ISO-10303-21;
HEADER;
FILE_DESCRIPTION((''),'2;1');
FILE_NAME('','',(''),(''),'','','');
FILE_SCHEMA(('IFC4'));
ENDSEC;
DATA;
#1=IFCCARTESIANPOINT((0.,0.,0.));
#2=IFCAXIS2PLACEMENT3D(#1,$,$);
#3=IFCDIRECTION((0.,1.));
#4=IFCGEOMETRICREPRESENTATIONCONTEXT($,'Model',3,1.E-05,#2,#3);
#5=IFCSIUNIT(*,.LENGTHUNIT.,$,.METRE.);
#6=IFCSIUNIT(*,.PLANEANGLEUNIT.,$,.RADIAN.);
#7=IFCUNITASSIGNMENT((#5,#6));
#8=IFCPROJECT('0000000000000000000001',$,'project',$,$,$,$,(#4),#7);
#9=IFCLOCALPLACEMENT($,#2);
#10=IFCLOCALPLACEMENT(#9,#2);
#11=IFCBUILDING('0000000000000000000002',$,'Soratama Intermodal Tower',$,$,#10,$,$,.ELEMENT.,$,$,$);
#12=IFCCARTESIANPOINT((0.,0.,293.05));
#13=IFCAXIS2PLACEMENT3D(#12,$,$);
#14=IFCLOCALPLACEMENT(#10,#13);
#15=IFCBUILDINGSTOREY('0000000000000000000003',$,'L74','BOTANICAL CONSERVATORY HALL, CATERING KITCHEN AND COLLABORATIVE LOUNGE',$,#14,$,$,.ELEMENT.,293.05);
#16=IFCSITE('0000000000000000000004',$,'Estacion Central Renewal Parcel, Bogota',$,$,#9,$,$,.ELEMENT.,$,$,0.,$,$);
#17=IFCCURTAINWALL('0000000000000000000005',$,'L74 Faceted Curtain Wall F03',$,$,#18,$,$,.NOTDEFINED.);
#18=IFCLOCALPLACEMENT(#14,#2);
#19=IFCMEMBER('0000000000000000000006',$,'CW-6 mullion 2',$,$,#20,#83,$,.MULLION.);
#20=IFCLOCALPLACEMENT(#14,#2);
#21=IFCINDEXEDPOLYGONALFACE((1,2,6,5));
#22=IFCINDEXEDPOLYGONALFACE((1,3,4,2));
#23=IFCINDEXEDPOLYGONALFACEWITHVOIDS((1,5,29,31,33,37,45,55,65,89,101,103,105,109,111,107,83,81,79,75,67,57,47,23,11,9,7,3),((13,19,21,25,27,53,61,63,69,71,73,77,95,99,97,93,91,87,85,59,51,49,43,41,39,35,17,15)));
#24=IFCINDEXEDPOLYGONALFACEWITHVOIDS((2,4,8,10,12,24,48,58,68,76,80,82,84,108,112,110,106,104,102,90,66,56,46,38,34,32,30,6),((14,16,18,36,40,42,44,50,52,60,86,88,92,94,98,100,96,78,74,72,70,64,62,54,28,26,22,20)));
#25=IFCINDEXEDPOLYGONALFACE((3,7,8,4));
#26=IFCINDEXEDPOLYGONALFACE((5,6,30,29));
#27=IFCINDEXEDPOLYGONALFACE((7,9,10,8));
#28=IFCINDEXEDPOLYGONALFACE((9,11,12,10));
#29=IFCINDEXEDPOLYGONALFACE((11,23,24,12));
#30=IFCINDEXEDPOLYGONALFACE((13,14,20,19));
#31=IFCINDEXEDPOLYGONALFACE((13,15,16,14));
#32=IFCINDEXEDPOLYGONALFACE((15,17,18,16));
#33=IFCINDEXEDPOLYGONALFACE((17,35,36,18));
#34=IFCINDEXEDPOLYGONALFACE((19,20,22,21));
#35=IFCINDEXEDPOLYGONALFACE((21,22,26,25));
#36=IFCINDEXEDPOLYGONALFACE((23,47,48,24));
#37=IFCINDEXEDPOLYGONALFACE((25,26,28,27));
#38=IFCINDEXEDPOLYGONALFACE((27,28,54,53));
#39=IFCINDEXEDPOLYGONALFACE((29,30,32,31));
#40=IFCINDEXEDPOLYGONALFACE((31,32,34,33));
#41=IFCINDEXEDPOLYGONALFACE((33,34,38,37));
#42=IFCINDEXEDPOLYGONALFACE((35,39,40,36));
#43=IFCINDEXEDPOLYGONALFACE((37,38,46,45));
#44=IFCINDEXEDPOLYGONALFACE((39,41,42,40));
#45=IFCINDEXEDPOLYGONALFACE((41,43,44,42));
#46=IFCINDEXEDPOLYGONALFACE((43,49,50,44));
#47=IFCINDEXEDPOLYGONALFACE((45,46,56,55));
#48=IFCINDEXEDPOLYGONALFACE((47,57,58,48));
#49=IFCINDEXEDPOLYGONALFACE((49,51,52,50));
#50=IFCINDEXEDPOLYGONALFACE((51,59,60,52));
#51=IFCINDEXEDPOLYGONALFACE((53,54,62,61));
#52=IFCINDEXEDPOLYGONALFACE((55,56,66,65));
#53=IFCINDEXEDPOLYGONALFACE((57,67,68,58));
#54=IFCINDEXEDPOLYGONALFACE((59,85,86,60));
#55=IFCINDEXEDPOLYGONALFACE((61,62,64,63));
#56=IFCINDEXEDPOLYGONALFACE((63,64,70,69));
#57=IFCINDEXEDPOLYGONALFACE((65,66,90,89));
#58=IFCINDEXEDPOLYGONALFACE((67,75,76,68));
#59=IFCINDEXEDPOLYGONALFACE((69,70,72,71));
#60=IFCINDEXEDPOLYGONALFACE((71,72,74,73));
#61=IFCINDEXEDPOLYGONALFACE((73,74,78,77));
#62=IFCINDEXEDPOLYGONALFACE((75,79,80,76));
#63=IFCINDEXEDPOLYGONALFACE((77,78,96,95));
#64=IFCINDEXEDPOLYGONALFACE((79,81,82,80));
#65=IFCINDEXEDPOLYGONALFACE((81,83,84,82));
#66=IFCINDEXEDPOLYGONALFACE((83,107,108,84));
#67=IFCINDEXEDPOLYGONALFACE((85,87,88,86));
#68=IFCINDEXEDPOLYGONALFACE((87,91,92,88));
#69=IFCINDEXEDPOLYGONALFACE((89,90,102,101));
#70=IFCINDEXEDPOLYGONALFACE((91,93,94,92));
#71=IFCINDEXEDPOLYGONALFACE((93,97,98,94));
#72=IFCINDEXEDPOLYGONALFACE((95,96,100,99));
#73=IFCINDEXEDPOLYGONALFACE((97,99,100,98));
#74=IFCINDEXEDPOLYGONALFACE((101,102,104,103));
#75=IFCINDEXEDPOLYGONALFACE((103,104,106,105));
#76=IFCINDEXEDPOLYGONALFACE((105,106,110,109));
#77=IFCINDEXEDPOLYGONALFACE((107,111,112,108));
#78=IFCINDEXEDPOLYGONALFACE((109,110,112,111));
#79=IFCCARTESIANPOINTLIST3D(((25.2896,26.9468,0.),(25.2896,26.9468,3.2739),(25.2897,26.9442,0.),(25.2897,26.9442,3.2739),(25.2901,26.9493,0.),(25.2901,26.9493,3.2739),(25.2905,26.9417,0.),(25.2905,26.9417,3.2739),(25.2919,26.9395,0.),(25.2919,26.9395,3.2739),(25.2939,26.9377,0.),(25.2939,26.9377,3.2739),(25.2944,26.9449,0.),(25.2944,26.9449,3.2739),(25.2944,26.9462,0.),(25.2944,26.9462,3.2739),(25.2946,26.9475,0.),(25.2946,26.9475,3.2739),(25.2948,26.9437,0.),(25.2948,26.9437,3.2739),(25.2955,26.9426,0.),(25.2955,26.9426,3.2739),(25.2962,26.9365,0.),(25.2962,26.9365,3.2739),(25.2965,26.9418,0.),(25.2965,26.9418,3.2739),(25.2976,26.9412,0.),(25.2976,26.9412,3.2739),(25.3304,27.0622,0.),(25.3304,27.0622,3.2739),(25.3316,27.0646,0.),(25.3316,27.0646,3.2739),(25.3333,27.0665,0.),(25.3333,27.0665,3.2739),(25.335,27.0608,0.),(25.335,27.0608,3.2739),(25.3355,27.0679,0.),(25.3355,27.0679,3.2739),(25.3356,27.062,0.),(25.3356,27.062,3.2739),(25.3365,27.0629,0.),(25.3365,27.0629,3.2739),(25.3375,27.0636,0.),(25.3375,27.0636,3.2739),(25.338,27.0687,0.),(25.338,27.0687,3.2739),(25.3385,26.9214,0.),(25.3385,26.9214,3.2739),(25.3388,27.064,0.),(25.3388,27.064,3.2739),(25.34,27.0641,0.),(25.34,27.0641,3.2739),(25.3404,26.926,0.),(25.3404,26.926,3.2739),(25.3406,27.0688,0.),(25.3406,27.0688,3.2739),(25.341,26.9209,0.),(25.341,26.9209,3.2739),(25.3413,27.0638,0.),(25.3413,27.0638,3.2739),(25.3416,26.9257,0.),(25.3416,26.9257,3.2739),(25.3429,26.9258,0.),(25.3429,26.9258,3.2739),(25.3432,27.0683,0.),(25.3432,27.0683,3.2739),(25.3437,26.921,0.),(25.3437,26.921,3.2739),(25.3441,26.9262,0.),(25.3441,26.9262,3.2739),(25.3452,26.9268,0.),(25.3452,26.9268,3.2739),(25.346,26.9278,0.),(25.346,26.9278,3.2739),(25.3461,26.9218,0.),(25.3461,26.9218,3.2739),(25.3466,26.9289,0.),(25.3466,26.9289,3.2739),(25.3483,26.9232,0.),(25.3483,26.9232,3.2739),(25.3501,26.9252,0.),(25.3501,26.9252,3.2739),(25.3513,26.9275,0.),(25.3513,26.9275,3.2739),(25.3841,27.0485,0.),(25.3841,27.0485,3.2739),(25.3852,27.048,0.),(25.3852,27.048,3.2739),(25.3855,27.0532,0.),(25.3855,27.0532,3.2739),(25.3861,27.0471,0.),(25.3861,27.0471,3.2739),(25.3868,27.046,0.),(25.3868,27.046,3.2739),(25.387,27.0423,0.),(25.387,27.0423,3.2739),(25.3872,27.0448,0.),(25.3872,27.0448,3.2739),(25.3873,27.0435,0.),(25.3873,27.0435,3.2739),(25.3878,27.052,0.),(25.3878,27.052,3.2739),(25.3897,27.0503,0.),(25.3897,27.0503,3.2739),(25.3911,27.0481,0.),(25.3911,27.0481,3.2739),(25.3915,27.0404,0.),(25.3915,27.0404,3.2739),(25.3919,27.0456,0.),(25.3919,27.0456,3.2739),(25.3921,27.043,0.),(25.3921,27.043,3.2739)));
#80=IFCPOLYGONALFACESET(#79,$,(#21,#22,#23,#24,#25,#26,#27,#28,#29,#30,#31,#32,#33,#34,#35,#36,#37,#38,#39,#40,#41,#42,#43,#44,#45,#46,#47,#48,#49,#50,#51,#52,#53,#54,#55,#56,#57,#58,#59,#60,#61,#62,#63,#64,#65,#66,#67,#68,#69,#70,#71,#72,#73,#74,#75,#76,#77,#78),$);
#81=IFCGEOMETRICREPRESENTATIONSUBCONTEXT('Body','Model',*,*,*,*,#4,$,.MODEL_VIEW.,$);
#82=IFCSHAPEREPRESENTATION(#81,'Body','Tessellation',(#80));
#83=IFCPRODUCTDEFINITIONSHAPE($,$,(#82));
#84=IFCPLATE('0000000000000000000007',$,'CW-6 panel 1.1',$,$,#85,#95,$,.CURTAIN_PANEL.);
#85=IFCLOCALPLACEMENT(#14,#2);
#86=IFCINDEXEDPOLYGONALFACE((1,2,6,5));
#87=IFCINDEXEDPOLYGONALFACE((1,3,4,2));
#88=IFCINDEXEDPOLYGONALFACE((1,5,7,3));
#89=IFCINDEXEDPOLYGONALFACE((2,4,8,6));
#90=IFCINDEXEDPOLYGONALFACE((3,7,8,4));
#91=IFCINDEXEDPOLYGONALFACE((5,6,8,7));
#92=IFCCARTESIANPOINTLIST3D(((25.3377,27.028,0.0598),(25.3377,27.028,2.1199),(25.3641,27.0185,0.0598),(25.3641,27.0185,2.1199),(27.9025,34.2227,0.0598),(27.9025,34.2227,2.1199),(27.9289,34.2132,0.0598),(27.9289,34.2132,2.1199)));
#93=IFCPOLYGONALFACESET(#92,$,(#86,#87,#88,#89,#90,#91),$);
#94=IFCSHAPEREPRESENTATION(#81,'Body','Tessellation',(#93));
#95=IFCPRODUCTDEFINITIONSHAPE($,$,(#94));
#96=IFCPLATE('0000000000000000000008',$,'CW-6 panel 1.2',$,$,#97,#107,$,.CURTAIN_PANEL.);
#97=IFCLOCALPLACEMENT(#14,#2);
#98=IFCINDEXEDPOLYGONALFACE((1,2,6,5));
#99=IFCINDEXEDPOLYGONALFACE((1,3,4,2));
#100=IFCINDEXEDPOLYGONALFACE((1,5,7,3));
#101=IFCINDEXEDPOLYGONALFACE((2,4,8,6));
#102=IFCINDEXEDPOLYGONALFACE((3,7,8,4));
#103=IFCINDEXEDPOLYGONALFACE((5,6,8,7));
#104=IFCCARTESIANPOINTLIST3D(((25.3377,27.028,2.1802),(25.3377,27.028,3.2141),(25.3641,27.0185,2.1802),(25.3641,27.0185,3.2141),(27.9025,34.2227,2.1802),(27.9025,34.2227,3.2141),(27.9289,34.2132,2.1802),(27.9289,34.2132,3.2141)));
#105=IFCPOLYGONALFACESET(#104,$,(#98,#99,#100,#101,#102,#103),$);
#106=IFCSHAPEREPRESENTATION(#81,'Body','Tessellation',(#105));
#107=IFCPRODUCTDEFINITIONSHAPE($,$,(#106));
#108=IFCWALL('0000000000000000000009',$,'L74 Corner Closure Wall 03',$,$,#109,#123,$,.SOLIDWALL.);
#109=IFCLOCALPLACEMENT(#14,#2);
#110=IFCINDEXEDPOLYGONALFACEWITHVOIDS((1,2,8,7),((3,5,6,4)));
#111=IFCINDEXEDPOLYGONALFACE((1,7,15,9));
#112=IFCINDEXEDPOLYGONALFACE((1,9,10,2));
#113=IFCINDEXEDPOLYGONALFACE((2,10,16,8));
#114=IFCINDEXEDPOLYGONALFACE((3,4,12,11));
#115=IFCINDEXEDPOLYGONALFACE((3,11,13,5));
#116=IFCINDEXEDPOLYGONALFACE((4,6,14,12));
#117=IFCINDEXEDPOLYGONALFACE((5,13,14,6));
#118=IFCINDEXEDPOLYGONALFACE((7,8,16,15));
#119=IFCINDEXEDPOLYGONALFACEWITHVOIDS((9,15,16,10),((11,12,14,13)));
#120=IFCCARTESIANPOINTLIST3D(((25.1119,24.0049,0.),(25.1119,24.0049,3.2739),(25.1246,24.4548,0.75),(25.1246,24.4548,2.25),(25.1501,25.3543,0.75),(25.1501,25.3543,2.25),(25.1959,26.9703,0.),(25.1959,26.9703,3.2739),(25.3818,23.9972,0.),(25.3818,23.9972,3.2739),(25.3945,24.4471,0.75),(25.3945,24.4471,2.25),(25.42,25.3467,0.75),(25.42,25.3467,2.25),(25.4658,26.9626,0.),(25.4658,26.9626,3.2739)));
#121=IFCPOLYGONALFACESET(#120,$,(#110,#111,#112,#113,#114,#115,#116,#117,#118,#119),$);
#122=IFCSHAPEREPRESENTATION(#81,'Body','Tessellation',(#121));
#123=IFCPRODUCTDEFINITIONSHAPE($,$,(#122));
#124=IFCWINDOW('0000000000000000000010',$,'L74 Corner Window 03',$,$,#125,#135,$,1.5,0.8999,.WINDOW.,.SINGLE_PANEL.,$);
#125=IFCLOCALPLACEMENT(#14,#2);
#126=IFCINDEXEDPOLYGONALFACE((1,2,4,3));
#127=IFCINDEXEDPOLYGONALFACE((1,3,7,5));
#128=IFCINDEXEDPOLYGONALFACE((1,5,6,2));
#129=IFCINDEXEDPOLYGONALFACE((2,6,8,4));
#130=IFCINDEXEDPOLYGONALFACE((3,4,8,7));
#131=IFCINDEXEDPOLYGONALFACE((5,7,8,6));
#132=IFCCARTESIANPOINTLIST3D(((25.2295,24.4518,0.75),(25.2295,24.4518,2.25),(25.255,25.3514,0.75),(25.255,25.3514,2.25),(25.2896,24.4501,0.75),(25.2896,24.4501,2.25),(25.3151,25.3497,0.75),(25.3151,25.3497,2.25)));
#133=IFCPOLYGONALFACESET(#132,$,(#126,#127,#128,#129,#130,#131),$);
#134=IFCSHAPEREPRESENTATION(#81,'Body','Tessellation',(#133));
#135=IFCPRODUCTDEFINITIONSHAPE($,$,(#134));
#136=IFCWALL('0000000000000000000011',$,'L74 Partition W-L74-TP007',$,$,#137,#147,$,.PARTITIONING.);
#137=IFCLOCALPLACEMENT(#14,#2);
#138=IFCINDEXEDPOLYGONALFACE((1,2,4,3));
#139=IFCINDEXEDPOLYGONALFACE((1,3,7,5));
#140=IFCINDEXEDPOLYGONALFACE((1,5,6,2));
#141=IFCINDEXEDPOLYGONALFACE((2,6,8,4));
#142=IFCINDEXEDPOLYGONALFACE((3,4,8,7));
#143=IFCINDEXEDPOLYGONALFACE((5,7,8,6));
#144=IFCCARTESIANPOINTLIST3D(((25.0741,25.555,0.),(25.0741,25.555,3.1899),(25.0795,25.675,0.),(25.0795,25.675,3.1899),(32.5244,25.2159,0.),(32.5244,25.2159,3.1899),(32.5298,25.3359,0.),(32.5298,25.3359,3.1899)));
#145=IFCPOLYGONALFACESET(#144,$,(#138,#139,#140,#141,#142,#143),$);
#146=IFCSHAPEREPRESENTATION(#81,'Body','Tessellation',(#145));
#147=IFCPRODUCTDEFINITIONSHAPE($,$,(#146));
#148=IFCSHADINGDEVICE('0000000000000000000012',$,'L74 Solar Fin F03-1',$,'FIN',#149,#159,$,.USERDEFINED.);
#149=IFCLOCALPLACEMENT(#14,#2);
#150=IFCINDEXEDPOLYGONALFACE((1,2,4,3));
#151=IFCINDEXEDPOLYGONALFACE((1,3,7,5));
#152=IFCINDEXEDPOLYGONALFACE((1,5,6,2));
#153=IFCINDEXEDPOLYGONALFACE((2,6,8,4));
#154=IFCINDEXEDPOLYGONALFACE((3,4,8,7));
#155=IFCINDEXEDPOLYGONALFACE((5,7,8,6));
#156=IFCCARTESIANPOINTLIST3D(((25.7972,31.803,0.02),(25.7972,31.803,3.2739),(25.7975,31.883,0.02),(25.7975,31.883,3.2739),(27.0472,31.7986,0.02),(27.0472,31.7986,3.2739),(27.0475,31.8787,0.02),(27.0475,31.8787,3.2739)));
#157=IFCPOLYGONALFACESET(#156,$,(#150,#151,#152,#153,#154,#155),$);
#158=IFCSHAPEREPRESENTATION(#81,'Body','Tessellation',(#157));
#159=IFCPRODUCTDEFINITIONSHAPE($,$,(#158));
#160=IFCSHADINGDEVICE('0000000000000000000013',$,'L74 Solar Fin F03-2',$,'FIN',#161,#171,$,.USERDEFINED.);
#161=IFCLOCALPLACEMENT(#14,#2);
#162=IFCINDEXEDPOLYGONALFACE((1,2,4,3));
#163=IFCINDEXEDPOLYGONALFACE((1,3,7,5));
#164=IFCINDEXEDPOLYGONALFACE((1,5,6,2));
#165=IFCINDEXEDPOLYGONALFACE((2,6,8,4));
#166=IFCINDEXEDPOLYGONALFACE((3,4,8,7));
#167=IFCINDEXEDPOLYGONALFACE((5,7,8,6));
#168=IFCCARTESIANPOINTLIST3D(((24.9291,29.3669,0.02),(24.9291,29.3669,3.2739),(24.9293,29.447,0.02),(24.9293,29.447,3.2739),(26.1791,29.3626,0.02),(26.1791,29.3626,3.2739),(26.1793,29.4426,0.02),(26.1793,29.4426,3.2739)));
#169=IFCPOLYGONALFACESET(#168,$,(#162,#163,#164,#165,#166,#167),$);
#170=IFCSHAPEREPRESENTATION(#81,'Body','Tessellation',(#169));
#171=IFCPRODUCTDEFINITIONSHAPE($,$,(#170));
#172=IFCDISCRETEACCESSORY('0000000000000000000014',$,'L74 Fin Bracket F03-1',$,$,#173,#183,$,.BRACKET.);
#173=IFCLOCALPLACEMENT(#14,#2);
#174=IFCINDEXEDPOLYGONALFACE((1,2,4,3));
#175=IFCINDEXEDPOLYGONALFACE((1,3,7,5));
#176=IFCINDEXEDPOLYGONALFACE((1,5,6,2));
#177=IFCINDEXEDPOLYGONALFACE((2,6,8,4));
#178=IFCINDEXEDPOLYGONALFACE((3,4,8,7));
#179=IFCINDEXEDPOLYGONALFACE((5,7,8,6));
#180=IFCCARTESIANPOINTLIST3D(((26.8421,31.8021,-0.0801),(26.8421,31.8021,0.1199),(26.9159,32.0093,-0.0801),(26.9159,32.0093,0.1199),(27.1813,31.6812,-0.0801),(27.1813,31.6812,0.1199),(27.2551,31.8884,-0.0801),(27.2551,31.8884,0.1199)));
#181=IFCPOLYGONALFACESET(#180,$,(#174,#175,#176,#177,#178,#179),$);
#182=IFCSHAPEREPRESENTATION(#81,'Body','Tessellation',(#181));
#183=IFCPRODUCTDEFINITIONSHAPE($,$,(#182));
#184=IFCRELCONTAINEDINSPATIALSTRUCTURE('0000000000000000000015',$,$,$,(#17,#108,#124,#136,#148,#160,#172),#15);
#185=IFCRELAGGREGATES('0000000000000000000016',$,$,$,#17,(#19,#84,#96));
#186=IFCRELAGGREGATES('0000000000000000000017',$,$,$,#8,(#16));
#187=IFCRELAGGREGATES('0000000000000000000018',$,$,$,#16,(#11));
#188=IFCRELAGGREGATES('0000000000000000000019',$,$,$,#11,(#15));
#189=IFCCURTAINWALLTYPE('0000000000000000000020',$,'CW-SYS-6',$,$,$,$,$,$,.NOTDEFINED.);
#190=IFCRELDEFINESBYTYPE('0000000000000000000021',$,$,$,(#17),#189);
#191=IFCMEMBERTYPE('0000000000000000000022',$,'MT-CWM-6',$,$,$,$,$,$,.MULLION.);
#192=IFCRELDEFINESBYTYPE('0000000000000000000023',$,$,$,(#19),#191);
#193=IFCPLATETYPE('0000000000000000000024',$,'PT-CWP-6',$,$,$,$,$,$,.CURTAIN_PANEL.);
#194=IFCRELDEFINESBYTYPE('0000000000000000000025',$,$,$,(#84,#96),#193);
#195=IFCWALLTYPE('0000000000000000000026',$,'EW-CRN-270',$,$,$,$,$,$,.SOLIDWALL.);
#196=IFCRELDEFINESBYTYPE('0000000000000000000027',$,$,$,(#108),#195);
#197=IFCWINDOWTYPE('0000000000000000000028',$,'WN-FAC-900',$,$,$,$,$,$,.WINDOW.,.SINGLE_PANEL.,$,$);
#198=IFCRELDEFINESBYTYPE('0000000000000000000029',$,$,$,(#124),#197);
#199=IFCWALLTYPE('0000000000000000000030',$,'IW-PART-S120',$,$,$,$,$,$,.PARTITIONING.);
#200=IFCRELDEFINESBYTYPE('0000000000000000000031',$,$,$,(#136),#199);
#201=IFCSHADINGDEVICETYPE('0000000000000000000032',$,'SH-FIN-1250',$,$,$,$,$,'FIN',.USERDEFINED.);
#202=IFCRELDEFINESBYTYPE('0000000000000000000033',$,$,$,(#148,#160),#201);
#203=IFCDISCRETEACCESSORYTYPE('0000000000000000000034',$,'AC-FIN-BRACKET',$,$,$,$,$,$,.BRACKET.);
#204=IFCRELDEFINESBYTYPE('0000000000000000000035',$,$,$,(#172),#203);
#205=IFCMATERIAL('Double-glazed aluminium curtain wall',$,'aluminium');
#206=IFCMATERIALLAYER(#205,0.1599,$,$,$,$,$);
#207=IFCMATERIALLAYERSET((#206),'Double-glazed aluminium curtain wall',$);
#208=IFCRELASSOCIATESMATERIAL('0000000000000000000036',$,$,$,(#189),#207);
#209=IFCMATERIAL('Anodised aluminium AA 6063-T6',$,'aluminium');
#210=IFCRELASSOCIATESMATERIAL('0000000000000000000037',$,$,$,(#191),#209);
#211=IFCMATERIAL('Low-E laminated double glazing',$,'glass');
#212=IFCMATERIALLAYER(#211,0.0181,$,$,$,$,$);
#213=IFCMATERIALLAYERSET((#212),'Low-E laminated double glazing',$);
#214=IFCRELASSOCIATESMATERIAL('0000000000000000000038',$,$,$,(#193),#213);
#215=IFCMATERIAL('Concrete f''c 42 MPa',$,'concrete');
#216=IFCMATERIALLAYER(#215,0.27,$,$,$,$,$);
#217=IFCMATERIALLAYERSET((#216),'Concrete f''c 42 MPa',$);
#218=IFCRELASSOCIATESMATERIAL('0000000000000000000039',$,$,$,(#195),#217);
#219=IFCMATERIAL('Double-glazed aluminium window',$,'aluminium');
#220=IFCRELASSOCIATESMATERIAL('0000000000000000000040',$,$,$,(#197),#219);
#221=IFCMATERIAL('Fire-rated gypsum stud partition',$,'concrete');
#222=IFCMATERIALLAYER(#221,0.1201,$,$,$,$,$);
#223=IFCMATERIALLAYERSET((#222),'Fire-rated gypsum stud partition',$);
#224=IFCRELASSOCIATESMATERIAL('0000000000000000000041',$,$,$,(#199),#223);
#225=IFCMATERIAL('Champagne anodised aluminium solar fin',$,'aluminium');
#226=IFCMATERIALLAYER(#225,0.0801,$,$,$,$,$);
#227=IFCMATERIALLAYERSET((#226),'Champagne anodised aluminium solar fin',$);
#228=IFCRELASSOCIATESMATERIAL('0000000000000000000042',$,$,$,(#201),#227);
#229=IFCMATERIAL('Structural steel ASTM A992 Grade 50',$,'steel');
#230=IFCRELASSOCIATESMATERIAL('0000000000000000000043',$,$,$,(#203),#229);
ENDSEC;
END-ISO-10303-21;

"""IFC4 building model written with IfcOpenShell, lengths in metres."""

from ifc_helpers import new_model, si_unit, direction, frame, frame_2d, origin, origin_2d, place, context, subcontext, project, spatial, rectangle, hollow_rectangle, extrude, material, layer, layer_set, material_profile, profile_set, type_object, element, fill, aggregate, save


model = new_model("IFC4")

# Units and contexts
model_context = context("Model", 3, precision=1e-05, world=origin(), true_north=direction((0.0, 1.0)))
body_context = subcontext(model_context, "Body", "Model", "MODEL_VIEW")
ifc_project = project(units=[si_unit("LENGTHUNIT", "METRE"), si_unit("PLANEANGLEUNIT", "RADIAN")], contexts=[model_context])

# Site, building, storey
site_placement = place(None, origin())
site = spatial("IfcSite", under=ifc_project, at=site_placement, Name="Estacion Central Renewal Parcel, Bogota", CompositionType="ELEMENT", RefElevation=0.0)
building_placement = place(site_placement, origin())
building = spatial("IfcBuilding", under=site, at=building_placement, Name="Soratama Intermodal Tower", CompositionType="ELEMENT")
storey_placement = place(building_placement, frame((0.0, 0.0, 293.05)))
storey = spatial("IfcBuildingStorey", under=building, at=storey_placement, Name="L74", Description="BOTANICAL CONSERVATORY HALL, CATERING KITCHEN AND COLLABORATIVE LOUNGE", CompositionType="ELEMENT", Elevation=293.05)

# Curtain wall, member, plates
ifc_material_1 = material(Name="Double-glazed aluminium curtain wall", Category="aluminium")
ifc_layer_1 = layer(ifc_material_1, 0.1599)
ifc_layer_set_1 = layer_set([ifc_layer_1], Name="Double-glazed aluminium curtain wall")
curtain_wall_type = type_object("IfcCurtainWallType", Name="CW-SYS-6", PredefinedType="NOTDEFINED", material=ifc_layer_set_1)
curtain_wall_placement = place(storey_placement, origin())
curtain_wall = element("IfcCurtainWall", 1, at=curtain_wall_placement, inside=storey, type_object=curtain_wall_type, Name="L74 Faceted Curtain Wall F03", PredefinedType="NOTDEFINED")
ifc_material_2 = material(Name="Anodised aluminium AA 6063-T6", Category="aluminium")
ifc_material_profile_1 = material_profile(ifc_material_2, hollow_rectangle(XDim=0.0649, YDim=0.1399, WallThickness=0.0049, InnerFilletRadius=0.0049, OuterFilletRadius=0.01, at=origin_2d()), Name="CWM140X65X5")
ifc_profile_set_1 = profile_set([ifc_material_profile_1], Name="Anodised aluminium AA 6063-T6")
member_type = type_object("IfcMemberType", Name="MT-CWM-6", PredefinedType="MULLION", material=ifc_profile_set_1)
member_placement = place(storey_placement, frame((25.3408, 26.9949, 0.0), z_axis=(0.0, 0.0, 1.0), x_axis=(0.941939, -0.335784, 0.0)))
member = element("IfcMember", 2, at=member_placement, type_object=member_type, Name="CW-6 mullion 2", PredefinedType="MULLION", context=body_context, shape_type="SweptSolid", body=[
    extrude(hollow_rectangle(XDim=0.0649, YDim=0.1399, WallThickness=0.0049, InnerFilletRadius=0.0049, OuterFilletRadius=0.01, at=origin_2d()), origin(), (0.0, 0.0, 1.0), 3.2739),
])
ifc_material_3 = material(Name="Low-E laminated double glazing", Category="glass")
ifc_layer_2 = layer(ifc_material_3, 0.0181)
ifc_layer_set_2 = layer_set([ifc_layer_2], Name="Low-E laminated double glazing")
plate_type = type_object("IfcPlateType", Name="PT-CWP-6", PredefinedType="CURTAIN_PANEL", material=ifc_layer_set_2)
plate_1_placement = place(storey_placement, frame((26.6333, 30.6206, 0.0598), z_axis=(0.0, 0.0, 1.0), x_axis=(-0.335784, -0.941939, 0.0)))
plate_1 = element("IfcPlate", 3, at=plate_1_placement, type_object=plate_type, Name="CW-6 panel 1.1", PredefinedType="CURTAIN_PANEL", context=body_context, shape_type="SweptSolid", body=[
    extrude(rectangle(XDim=7.6382, YDim=0.0281, at=origin_2d()), origin(), (0.0, 0.0, 1.0), 2.0601),
])
plate_2_placement = place(storey_placement, frame((26.6333, 30.6206, 2.1802), z_axis=(0.0, 0.0, 1.0), x_axis=(-0.335784, -0.941939, 0.0)))
plate_2 = element("IfcPlate", 4, at=plate_2_placement, type_object=plate_type, Name="CW-6 panel 1.2", PredefinedType="CURTAIN_PANEL", context=body_context, shape_type="SweptSolid", body=[
    extrude(rectangle(XDim=7.6382, YDim=0.0281, at=origin_2d()), origin(), (0.0, 0.0, 1.0), 1.0339),
])
aggregate(curtain_wall, [member, plate_1, plate_2])

# Wall, opening, window
ifc_material_4 = material(Name="Concrete f'c 42 MPa", Category="concrete")
ifc_layer_3 = layer(ifc_material_4, 0.27)
ifc_layer_set_3 = layer_set([ifc_layer_3], Name="Concrete f'c 42 MPa")
wall_type_1 = type_object("IfcWallType", Name="EW-CRN-270", PredefinedType="SOLIDWALL", material=ifc_layer_set_3)
wall_1_placement = place(storey_placement, frame((25.3308, 26.9666, 0.0), z_axis=(0.0, 0.0, 1.0), x_axis=(-0.028311, -0.999599, 0.0)))
wall_1 = element("IfcWall", 5, at=wall_1_placement, inside=storey, type_object=wall_type_1, Name="L74 Corner Closure Wall 03", PredefinedType="SOLIDWALL", context=body_context, shape_type="SweptSolid", body=[
    extrude(rectangle(XDim=2.9666, YDim=0.27, at=frame_2d((1.4834, 0.0))), origin(), (0.0, 0.0, 1.0), 3.2739),
])
opening_placement = place(wall_1_placement, frame((1.6167, 0.0, 0.75)))
opening = element("IfcOpeningElement", 6, at=opening_placement, cuts=wall_1, PredefinedType="OPENING", context=body_context, shape_type="SweptSolid", body=[
    extrude(rectangle(XDim=0.8999, YDim=1.5, at=frame_2d((0.45, 0.75))), frame((0.0, 0.145, 0.0), z_axis=(0.0, -1.0, 0.0), x_axis=(1.0, 0.0, 0.0)), (0.0, 0.0, 1.0), 0.29),
])
ifc_material_5 = material(Name="Double-glazed aluminium window", Category="aluminium")
window_type = type_object("IfcWindowType", Name="WN-FAC-900", PartitioningType="SINGLE_PANEL", PredefinedType="WINDOW", material=ifc_material_5)
window_placement = place(opening_placement, origin())
window = element("IfcWindow", 7, at=window_placement, inside=storey, type_object=window_type, Name="L74 Corner Window 03", OverallHeight=1.5, OverallWidth=0.8999, PartitioningType="SINGLE_PANEL", PredefinedType="WINDOW", context=body_context, shape_type="SweptSolid", body=[
    extrude(rectangle(XDim=0.8999, YDim=1.5, at=frame_2d((0.45, 0.75))), frame((0.0, 0.03, 0.0), z_axis=(0.0, -1.0, 0.0), x_axis=(1.0, 0.0, 0.0)), (0.0, 0.0, 1.0), 0.0601),
])
fill(opening, window)

# Wall
ifc_material_6 = material(Name="Fire-rated gypsum stud partition", Category="concrete")
ifc_layer_4 = layer(ifc_material_6, 0.1201)
ifc_layer_set_4 = layer_set([ifc_layer_4], Name="Fire-rated gypsum stud partition")
wall_type_2 = type_object("IfcWallType", Name="IW-PART-S120", PredefinedType="PARTITIONING", material=ifc_layer_set_4)
wall_2_placement = place(storey_placement, frame((32.5271, 25.2759, 0.0), z_axis=(0.0, 0.0, 1.0), x_axis=(-0.998966, 0.04547, 0.0)))
element("IfcWall", 8, at=wall_2_placement, inside=storey, type_object=wall_type_2, Name="L74 Partition W-L74-TP007", PredefinedType="PARTITIONING", context=body_context, shape_type="SweptSolid", body=[
    extrude(rectangle(XDim=7.458, YDim=0.1201, at=frame_2d((3.729, 0.0))), origin(), (0.0, 0.0, 1.0), 3.1899),
])

# Shading devices
ifc_material_7 = material(Name="Champagne anodised aluminium solar fin", Category="aluminium")
ifc_layer_5 = layer(ifc_material_7, 0.0801)
ifc_layer_set_5 = layer_set([ifc_layer_5], Name="Champagne anodised aluminium solar fin")
shading_device_type = type_object("IfcShadingDeviceType", Name="SH-FIN-1250", ElementType="FIN", PredefinedType="USERDEFINED", material=ifc_layer_set_5)
for number, where, z_axis, x_axis, name in (
    (9, (26.4224, 31.8408, 0.02), (0.0, 0.0, 1.0), (-0.999994, 0.003491, 0.0), "L74 Solar Fin F03-1"),
    (10, (25.5542, 29.4048, 0.02), (0.0, 0.0, 1.0), (-0.999994, 0.003491, 0.0), "L74 Solar Fin F03-2"),
):
    element("IfcShadingDevice", number, at=place(storey_placement, frame(where, z_axis=z_axis, x_axis=x_axis)), inside=storey, type_object=shading_device_type, Name=name, ObjectType="FIN", PredefinedType="USERDEFINED", context=body_context, shape_type="SweptSolid", body=[
        extrude(rectangle(XDim=1.25, YDim=0.0801, at=origin_2d()), origin(), (0.0, 0.0, 1.0), 3.2539),
    ])

# Discrete accessory
ifc_material_8 = material(Name="Structural steel ASTM A992 Grade 50", Category="steel")
discrete_accessory_type = type_object("IfcDiscreteAccessoryType", Name="AC-FIN-BRACKET", PredefinedType="BRACKET", material=ifc_material_8)
for number, where, z_axis, x_axis, name in (
    (11, (27.0486, 31.8452, -0.0801), (0.0, 0.0, 1.0), (-0.94194, 0.33578, 0.0), "L74 Fin Bracket F03-1"),
):
    element("IfcDiscreteAccessory", number, at=place(storey_placement, frame(where, z_axis=z_axis, x_axis=x_axis)), inside=storey, type_object=discrete_accessory_type, Name=name, PredefinedType="BRACKET", context=body_context, shape_type="SweptSolid", body=[
        extrude(rectangle(XDim=0.3601, YDim=0.22, at=origin_2d()), origin(), (0.0, 0.0, 1.0), 0.2),
    ])

save(model, "model.ifc")
